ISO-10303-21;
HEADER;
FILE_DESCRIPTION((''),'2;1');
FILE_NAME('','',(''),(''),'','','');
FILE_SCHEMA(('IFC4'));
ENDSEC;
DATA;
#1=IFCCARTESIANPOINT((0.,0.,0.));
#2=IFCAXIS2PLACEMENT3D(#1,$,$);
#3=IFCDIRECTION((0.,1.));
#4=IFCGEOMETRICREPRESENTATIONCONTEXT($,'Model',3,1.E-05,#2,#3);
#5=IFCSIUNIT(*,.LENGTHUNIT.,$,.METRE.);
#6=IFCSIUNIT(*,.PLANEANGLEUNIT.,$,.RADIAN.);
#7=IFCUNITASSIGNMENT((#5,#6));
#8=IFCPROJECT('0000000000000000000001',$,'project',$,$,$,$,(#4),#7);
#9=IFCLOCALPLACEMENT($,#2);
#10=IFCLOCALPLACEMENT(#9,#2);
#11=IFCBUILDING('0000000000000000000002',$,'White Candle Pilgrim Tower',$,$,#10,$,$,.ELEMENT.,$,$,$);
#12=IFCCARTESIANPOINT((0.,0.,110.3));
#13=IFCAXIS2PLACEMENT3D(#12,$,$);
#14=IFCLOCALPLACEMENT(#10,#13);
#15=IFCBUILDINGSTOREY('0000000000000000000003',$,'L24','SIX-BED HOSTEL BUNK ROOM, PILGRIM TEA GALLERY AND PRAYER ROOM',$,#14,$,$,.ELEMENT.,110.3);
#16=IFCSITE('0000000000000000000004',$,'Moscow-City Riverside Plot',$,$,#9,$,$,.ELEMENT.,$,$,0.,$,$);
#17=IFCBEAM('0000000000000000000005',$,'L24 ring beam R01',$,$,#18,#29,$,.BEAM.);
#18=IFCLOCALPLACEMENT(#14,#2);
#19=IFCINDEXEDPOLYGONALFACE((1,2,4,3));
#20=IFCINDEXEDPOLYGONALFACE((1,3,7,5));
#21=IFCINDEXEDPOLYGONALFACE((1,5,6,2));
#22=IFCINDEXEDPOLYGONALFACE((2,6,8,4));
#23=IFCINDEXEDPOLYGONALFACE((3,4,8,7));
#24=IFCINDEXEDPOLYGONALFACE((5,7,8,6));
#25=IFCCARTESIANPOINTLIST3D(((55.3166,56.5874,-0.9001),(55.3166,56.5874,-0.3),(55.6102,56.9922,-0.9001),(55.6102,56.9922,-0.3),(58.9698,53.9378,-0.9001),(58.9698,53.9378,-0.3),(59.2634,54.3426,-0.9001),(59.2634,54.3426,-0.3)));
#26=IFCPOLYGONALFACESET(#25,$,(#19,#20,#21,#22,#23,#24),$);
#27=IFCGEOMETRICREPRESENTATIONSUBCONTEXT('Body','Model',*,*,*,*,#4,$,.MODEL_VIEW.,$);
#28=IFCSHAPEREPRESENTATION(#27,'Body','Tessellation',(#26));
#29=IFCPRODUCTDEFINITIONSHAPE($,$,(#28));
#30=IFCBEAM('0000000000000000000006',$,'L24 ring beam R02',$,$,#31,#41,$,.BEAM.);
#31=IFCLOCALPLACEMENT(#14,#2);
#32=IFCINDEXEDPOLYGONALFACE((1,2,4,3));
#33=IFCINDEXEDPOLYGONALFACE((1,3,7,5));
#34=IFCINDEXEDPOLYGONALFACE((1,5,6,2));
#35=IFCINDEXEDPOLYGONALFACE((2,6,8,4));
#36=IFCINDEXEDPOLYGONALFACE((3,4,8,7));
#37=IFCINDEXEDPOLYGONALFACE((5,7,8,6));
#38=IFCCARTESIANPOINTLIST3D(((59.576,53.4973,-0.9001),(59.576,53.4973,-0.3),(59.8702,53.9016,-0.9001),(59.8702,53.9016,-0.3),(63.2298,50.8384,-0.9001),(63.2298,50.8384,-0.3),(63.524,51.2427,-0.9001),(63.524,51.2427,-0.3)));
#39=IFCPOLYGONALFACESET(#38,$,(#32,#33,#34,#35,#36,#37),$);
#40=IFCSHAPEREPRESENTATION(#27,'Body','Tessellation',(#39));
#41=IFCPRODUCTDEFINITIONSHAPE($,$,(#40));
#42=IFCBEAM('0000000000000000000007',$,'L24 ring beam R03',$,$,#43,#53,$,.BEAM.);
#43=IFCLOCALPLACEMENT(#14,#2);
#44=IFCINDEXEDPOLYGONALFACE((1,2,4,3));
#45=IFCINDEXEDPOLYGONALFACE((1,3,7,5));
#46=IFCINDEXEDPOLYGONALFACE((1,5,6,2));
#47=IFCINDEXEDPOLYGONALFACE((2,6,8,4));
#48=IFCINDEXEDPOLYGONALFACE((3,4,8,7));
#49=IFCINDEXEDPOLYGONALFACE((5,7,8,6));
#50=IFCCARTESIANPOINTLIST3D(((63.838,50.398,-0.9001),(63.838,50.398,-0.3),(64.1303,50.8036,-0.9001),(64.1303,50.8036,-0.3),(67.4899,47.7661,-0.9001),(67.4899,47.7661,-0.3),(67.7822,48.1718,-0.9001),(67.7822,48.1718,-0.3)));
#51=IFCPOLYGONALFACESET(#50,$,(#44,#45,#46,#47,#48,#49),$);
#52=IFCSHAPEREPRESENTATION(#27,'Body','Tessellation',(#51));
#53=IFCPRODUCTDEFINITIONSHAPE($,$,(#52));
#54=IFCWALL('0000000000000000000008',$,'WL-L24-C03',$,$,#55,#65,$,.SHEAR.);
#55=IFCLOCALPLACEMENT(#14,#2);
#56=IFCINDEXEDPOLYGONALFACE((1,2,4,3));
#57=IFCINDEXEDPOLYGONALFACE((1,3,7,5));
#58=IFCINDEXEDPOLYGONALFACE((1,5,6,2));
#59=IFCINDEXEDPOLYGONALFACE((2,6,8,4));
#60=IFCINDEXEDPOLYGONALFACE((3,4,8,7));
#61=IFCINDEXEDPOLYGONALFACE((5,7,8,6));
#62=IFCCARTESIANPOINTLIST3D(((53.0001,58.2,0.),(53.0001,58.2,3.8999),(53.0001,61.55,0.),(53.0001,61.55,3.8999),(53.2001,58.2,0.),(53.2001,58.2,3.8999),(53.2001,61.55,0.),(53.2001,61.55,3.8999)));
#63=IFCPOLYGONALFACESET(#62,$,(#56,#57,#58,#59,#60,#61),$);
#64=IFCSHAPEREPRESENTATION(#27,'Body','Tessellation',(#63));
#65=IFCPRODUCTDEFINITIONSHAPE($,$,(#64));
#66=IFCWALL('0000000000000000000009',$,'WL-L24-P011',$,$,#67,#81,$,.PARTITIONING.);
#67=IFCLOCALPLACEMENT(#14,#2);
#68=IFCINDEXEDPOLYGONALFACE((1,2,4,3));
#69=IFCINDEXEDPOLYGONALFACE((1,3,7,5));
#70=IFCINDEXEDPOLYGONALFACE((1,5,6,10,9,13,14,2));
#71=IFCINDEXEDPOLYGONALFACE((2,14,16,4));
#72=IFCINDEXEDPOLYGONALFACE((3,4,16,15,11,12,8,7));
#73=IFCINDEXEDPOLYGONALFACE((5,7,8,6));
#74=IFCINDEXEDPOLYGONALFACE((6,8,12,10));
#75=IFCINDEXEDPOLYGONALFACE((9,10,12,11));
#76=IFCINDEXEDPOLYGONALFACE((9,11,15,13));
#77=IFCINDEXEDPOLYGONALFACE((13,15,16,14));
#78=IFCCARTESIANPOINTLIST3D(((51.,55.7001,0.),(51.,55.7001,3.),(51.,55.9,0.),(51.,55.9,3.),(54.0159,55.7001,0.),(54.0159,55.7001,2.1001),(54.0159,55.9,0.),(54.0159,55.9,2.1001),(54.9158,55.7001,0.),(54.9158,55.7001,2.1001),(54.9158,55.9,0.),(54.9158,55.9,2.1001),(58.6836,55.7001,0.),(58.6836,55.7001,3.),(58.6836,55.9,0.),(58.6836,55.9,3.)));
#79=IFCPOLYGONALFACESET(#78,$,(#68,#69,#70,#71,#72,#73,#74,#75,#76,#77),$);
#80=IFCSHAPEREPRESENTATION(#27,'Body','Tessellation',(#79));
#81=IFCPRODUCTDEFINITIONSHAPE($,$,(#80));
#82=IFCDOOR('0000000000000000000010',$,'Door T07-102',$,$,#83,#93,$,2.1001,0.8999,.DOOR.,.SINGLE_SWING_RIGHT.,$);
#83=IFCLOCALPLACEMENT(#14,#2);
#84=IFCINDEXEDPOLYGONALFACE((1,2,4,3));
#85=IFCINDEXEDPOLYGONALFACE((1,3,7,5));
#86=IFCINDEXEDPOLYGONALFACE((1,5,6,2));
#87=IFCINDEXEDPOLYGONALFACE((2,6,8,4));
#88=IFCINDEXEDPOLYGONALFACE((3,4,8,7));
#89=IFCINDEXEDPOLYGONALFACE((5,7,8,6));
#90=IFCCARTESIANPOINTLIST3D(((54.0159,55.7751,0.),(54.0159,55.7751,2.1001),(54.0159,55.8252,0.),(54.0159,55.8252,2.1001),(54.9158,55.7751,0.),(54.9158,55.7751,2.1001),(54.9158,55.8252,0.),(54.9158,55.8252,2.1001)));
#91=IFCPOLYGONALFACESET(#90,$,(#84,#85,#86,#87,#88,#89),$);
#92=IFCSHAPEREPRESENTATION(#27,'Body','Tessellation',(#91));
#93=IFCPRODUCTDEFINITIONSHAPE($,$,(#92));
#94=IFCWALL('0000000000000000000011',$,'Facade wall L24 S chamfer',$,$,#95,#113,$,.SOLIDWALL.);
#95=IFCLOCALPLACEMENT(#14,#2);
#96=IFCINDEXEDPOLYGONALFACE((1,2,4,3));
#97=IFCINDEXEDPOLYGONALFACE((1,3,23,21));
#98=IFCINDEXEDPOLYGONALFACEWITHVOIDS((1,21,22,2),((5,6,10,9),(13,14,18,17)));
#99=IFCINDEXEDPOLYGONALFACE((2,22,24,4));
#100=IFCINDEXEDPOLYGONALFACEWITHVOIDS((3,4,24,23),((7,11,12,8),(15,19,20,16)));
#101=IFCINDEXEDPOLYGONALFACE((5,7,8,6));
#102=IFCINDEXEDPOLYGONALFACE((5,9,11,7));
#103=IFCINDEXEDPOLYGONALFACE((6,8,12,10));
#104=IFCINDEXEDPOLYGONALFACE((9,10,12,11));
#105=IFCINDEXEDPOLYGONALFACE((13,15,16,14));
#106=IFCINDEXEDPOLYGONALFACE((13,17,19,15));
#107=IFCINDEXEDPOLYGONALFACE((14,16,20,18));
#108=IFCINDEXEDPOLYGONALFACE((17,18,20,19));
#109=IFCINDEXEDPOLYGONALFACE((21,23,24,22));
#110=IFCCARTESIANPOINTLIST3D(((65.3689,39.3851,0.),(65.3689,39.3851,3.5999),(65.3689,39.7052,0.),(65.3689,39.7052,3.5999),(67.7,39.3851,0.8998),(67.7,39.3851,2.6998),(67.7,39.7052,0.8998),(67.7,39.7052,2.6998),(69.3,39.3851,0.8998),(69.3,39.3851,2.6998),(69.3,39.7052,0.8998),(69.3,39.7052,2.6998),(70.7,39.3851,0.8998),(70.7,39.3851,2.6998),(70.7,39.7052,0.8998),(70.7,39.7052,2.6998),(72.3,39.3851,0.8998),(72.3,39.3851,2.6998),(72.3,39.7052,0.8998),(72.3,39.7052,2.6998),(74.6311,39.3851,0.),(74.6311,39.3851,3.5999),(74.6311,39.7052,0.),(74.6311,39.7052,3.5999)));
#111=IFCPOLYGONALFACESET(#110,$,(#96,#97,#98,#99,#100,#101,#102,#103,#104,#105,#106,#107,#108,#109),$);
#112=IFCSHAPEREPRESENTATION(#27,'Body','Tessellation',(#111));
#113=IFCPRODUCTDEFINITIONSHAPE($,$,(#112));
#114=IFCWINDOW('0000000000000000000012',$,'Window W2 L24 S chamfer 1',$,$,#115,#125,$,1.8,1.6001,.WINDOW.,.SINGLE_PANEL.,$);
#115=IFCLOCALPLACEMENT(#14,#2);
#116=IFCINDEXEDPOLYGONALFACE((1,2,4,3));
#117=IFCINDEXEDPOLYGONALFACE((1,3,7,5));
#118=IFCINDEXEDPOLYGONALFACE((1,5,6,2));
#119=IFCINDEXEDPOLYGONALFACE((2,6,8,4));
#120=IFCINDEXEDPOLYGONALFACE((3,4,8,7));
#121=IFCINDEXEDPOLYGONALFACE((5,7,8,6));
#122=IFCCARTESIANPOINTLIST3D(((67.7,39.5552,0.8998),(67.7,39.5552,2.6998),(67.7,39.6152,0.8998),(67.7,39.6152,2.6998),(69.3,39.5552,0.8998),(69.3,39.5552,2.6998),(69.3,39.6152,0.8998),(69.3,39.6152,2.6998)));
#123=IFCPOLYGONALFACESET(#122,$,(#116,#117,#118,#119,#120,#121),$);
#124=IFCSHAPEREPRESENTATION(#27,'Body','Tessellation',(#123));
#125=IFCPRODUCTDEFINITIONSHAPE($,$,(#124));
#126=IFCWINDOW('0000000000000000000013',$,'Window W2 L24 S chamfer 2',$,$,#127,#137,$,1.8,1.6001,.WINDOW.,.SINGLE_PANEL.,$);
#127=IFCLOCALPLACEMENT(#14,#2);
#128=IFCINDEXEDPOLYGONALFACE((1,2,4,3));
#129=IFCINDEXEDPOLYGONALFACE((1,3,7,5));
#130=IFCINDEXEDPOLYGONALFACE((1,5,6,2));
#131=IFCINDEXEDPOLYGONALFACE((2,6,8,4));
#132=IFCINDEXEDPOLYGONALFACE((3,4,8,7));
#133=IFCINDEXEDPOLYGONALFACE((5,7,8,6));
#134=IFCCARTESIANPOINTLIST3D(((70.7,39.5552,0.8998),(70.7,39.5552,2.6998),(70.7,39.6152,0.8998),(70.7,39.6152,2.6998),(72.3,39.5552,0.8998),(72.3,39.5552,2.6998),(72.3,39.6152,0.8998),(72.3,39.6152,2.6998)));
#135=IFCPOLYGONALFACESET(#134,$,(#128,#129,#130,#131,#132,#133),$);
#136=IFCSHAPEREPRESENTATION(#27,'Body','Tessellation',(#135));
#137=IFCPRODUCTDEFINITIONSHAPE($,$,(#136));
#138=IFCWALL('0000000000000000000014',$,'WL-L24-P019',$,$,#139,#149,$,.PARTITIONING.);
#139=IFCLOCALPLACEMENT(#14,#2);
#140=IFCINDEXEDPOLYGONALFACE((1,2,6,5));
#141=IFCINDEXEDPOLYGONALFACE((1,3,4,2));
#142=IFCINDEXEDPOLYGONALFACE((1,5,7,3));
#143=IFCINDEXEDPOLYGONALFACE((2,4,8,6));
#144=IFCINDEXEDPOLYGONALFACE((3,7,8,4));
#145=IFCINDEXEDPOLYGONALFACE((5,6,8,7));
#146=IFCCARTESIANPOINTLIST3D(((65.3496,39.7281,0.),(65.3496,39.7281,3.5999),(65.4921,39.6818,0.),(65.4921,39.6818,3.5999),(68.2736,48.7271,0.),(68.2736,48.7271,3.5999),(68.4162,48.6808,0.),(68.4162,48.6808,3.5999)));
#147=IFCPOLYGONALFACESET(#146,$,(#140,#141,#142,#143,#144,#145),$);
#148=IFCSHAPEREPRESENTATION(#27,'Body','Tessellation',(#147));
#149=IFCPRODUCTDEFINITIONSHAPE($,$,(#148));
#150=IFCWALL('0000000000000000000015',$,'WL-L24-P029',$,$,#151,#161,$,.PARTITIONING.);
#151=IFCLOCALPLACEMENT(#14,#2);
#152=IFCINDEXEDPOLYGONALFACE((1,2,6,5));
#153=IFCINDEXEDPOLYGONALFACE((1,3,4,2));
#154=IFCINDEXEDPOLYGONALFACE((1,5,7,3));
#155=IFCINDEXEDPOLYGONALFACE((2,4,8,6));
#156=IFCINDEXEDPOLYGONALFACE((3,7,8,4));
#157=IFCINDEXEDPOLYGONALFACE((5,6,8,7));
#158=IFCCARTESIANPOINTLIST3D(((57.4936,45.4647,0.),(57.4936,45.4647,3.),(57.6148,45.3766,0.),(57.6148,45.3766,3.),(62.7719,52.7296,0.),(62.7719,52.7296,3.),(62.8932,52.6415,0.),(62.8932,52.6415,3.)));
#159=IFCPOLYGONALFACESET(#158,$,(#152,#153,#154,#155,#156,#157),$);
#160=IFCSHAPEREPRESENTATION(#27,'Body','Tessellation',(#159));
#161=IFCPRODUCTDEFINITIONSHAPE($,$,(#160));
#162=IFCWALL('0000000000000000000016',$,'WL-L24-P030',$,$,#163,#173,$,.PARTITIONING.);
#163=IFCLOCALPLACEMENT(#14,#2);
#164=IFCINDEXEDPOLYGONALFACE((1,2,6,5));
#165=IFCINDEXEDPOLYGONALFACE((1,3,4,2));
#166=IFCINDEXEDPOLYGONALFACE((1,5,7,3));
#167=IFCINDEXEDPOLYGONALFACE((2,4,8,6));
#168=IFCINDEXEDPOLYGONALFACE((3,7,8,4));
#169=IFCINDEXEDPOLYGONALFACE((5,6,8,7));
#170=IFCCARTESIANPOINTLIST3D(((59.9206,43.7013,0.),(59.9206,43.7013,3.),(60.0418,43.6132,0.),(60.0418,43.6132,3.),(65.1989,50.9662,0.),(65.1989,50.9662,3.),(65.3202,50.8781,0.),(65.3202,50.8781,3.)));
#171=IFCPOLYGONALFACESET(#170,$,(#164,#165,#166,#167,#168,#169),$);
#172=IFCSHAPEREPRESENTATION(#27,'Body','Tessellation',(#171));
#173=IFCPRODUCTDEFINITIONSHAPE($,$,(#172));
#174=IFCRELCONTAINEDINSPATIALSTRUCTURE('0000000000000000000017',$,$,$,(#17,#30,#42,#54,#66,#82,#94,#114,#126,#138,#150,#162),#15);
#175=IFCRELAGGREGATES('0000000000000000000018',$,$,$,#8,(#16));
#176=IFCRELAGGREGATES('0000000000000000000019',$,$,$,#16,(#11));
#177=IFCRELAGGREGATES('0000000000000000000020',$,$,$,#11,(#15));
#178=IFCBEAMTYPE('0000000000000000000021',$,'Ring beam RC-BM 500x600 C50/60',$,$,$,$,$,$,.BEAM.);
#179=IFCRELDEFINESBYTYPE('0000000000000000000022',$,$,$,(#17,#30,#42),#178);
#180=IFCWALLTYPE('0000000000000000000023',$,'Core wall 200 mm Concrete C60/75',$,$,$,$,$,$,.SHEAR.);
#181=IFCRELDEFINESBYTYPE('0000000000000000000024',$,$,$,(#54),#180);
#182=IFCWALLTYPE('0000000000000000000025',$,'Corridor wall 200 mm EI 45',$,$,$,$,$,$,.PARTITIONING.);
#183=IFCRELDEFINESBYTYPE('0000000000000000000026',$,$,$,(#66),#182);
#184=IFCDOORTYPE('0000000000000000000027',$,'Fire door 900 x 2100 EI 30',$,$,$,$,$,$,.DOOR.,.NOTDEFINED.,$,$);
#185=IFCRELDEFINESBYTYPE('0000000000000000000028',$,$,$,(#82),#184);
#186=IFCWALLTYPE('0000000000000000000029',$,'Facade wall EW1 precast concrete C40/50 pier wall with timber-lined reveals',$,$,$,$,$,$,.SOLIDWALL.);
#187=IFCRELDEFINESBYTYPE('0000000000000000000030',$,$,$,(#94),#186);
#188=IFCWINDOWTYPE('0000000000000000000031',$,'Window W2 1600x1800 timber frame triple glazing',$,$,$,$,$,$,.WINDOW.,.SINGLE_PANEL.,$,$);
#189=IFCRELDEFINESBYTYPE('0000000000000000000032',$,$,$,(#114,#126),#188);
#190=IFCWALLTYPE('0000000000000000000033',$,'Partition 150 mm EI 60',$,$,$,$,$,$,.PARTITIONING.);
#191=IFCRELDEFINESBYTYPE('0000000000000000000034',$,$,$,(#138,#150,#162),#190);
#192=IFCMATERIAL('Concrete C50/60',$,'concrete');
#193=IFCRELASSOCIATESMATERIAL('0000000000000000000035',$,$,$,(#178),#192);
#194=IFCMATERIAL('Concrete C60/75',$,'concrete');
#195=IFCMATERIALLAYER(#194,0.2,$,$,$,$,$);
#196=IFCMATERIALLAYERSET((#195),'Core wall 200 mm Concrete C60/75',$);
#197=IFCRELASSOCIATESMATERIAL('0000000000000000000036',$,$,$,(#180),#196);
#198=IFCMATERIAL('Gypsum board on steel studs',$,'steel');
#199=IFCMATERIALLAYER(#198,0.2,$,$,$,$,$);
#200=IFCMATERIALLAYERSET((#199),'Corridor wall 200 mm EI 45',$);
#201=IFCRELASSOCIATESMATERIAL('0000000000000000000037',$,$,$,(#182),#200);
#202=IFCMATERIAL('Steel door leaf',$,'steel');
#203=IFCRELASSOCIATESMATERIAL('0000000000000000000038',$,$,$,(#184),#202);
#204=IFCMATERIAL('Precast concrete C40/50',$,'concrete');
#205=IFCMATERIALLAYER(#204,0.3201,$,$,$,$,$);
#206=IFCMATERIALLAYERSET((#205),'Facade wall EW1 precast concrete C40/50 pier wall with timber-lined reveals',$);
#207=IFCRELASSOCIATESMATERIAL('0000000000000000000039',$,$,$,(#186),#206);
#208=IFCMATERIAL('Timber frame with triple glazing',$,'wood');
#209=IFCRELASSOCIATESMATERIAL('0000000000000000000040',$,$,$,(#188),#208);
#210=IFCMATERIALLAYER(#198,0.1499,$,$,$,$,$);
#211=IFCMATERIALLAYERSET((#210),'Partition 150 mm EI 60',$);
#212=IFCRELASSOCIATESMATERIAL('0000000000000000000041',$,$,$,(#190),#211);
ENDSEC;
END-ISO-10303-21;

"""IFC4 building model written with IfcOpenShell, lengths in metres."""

from ifc_helpers import new_model, si_unit, direction, frame, frame_2d, origin, origin_2d, place, context, subcontext, project, spatial, rectangle, extrude, material, layer, layer_set, material_profile, profile_set, type_object, element, fill, save


model = new_model("IFC4")

# Units and contexts
model_context = context("Model", 3, precision=1e-05, world=origin(), true_north=direction((0.0, 1.0)))
body_context = subcontext(model_context, "Body", "Model", "MODEL_VIEW")
ifc_project = project(units=[si_unit("LENGTHUNIT", "METRE"), si_unit("PLANEANGLEUNIT", "RADIAN")], contexts=[model_context])

# Site, building, storey
site_placement = place(None, origin())
site = spatial("IfcSite", under=ifc_project, at=site_placement, Name="Moscow-City Riverside Plot", CompositionType="ELEMENT", RefElevation=0.0)
building_placement = place(site_placement, origin())
building = spatial("IfcBuilding", under=site, at=building_placement, Name="White Candle Pilgrim Tower", CompositionType="ELEMENT")
storey_placement = place(building_placement, frame((0.0, 0.0, 110.3)))
storey = spatial("IfcBuildingStorey", under=building, at=storey_placement, Name="L24", Description="SIX-BED HOSTEL BUNK ROOM, PILGRIM TEA GALLERY AND PRAYER ROOM", CompositionType="ELEMENT", Elevation=110.3)

# Beams
ifc_material_1 = material(Name="Concrete C50/60", Category="concrete")
ifc_material_profile_1 = material_profile(ifc_material_1, rectangle(XDim=0.5, YDim=0.6001, at=origin_2d()), Name="RC-BM 500x600")
ifc_profile_set_1 = profile_set([ifc_material_profile_1], Name="Concrete C50/60")
beam_type = type_object("IfcBeamType", Name="Ring beam RC-BM 500x600 C50/60", PredefinedType="BEAM", material=ifc_profile_set_1)
beam_1_placement = place(storey_placement, frame((55.4634, 56.7898, -0.6001), z_axis=(0.809505, -0.587113, 0.0), x_axis=(0.587113, 0.809505, 0.0)))
element("IfcBeam", 1, at=beam_1_placement, inside=storey, type_object=beam_type, Name="L24 ring beam R01", PredefinedType="BEAM", context=body_context, shape_type="SweptSolid", body=[
    extrude(rectangle(XDim=0.5, YDim=0.6001, at=origin_2d()), origin(), (0.0, 0.0, 1.0), 4.5129),
])
beam_2_placement = place(storey_placement, frame((59.7231, 53.6995, -0.6001), z_axis=(0.808566, -0.588406, 0.0), x_axis=(0.588406, 0.808566, 0.0)))
element("IfcBeam", 2, at=beam_2_placement, inside=storey, type_object=beam_type, Name="L24 ring beam R02", PredefinedType="BEAM", context=body_context, shape_type="SweptSolid", body=[
    extrude(rectangle(XDim=0.5, YDim=0.6001, at=origin_2d()), origin(), (0.0, 0.0, 1.0), 4.5188),
])
beam_3_placement = place(storey_placement, frame((63.9841, 50.6008, -0.6001), z_axis=(0.811271, -0.58467, 0.0), x_axis=(0.58467, 0.811271, 0.0)))
element("IfcBeam", 3, at=beam_3_placement, inside=storey, type_object=beam_type, Name="L24 ring beam R03", PredefinedType="BEAM", context=body_context, shape_type="SweptSolid", body=[
    extrude(rectangle(XDim=0.5, YDim=0.6001, at=origin_2d()), origin(), (0.0, 0.0, 1.0), 4.5015),
])

# Wall
ifc_material_2 = material(Name="Concrete C60/75", Category="concrete")
ifc_layer_1 = layer(ifc_material_2, 0.2)
ifc_layer_set_1 = layer_set([ifc_layer_1], Name="Core wall 200 mm Concrete C60/75")
wall_type_1 = type_object("IfcWallType", Name="Core wall 200 mm Concrete C60/75", PredefinedType="SHEAR", material=ifc_layer_set_1)
wall_1_placement = place(storey_placement, frame((53.1001, 58.2, 0.0), z_axis=(0.0, 0.0, 1.0), x_axis=(0.0, 1.0, 0.0)))
element("IfcWall", 4, at=wall_1_placement, inside=storey, type_object=wall_type_1, Name="WL-L24-C03", PredefinedType="SHEAR", context=body_context, shape_type="SweptSolid", body=[
    extrude(rectangle(XDim=3.3501, YDim=0.2, at=frame_2d((1.675, 0.0))), origin(), (0.0, 0.0, 1.0), 3.8999),
])

# Wall, opening, door
ifc_material_3 = material(Name="Gypsum board on steel studs", Category="steel")
ifc_layer_2 = layer(ifc_material_3, 0.2)
ifc_layer_set_2 = layer_set([ifc_layer_2], Name="Corridor wall 200 mm EI 45")
wall_type_2 = type_object("IfcWallType", Name="Corridor wall 200 mm EI 45", PredefinedType="PARTITIONING", material=ifc_layer_set_2)
wall_2_placement = place(storey_placement, frame((58.6836, 55.8, 0.0), z_axis=(0.0, 0.0, 1.0), x_axis=(-1.0, 0.0, 0.0)))
wall_2 = element("IfcWall", 5, at=wall_2_placement, inside=storey, type_object=wall_type_2, Name="WL-L24-P011", PredefinedType="PARTITIONING", context=body_context, shape_type="SweptSolid", body=[
    extrude(rectangle(XDim=7.6836, YDim=0.2, at=frame_2d((3.8418, 0.0))), origin(), (0.0, 0.0, 1.0), 3.0),
])
opening_1_placement = place(wall_2_placement, frame((3.7678, 0.0, 0.0)))
opening_1 = element("IfcOpeningElement", 6, at=opening_1_placement, cuts=wall_2, PredefinedType="OPENING", context=body_context, shape_type="SweptSolid", body=[
    extrude(rectangle(XDim=0.8999, YDim=2.1001, at=frame_2d((0.45, 1.05))), frame((0.0, 0.1099, 0.0), z_axis=(0.0, -1.0, 0.0), x_axis=(1.0, 0.0, 0.0)), (0.0, 0.0, 1.0), 0.22),
])
ifc_material_4 = material(Name="Steel door leaf", Category="steel")
door_type_1 = type_object("IfcDoorType", Name="Fire door 900 x 2100 EI 30", OperationType="NOTDEFINED", PredefinedType="DOOR", material=ifc_material_4)
door_1_placement = place(opening_1_placement, origin())
door_1 = element("IfcDoor", 7, at=door_1_placement, inside=storey, type_object=door_type_1, Name="Door T07-102", OperationType="SINGLE_SWING_RIGHT", OverallHeight=2.1001, OverallWidth=0.8999, PredefinedType="DOOR", context=body_context, shape_type="SweptSolid", body=[
    extrude(rectangle(XDim=0.8999, YDim=2.1001, at=frame_2d((0.45, 1.05))), frame((0.0, 0.0249, 0.0), z_axis=(0.0, -1.0, 0.0), x_axis=(1.0, 0.0, 0.0)), (0.0, 0.0, 1.0), 0.05),
])
fill(opening_1, door_1)

# Wall, openings, windows
ifc_material_5 = material(Name="Precast concrete C40/50", Category="concrete")
ifc_layer_3 = layer(ifc_material_5, 0.3201)
ifc_layer_set_3 = layer_set([ifc_layer_3], Name="Facade wall EW1 precast concrete C40/50 pier wall with timber-lined reveals")
wall_type_3 = type_object("IfcWallType", Name="Facade wall EW1 precast concrete C40/50 pier wall with timber-lined reveals", PredefinedType="SOLIDWALL", material=ifc_layer_set_3)
wall_3_placement = place(storey_placement, frame((65.3689, 39.5452, 0.0), z_axis=(0.0, 0.0, 1.0), x_axis=(1.0, 0.0, 0.0)))
wall_3 = element("IfcWall", 8, at=wall_3_placement, inside=storey, type_object=wall_type_3, Name="Facade wall L24 S chamfer", PredefinedType="SOLIDWALL", context=body_context, shape_type="SweptSolid", body=[
    extrude(rectangle(XDim=9.2622, YDim=0.3201, at=frame_2d((4.6311, 0.0))), origin(), (0.0, 0.0, 1.0), 3.5999),
])
opening_2_placement = place(wall_3_placement, frame((2.3311, 0.0, 0.8999)))
opening_2 = element("IfcOpeningElement", 9, at=opening_2_placement, cuts=wall_3, PredefinedType="OPENING", context=body_context, shape_type="SweptSolid", body=[
    extrude(rectangle(XDim=1.6001, YDim=1.8, at=frame_2d((0.8, 0.8999))), frame((0.0, 0.1699, 0.0), z_axis=(0.0, -1.0, 0.0), x_axis=(1.0, 0.0, 0.0)), (0.0, 0.0, 1.0), 0.3401),
])
opening_3_placement = place(wall_3_placement, frame((5.3311, 0.0, 0.8999)))
opening_3 = element("IfcOpeningElement", 10, at=opening_3_placement, cuts=wall_3, PredefinedType="OPENING", context=body_context, shape_type="SweptSolid", body=[
    extrude(rectangle(XDim=1.6001, YDim=1.8, at=frame_2d((0.8, 0.8999))), frame((0.0, 0.1699, 0.0), z_axis=(0.0, -1.0, 0.0), x_axis=(1.0, 0.0, 0.0)), (0.0, 0.0, 1.0), 0.3401),
])
ifc_material_6 = material(Name="Timber frame with triple glazing", Category="wood")
window_type = type_object("IfcWindowType", Name="Window W2 1600x1800 timber frame triple glazing", PartitioningType="SINGLE_PANEL", PredefinedType="WINDOW", material=ifc_material_6)
window_1_placement = place(opening_2_placement, origin())
window_1 = element("IfcWindow", 11, at=window_1_placement, inside=storey, type_object=window_type, Name="Window W2 L24 S chamfer 1", OverallHeight=1.8, OverallWidth=1.6001, PartitioningType="SINGLE_PANEL", PredefinedType="WINDOW", context=body_context, shape_type="SweptSolid", body=[
    extrude(rectangle(XDim=1.6001, YDim=1.8, at=frame_2d((0.8, 0.8999))), frame((0.0, 0.0701, 0.0), z_axis=(0.0, -1.0, 0.0), x_axis=(1.0, 0.0, 0.0)), (0.0, 0.0, 1.0), 0.0601),
])
fill(opening_2, window_1)
window_2_placement = place(opening_3_placement, origin())
window_2 = element("IfcWindow", 12, at=window_2_placement, inside=storey, type_object=window_type, Name="Window W2 L24 S chamfer 2", OverallHeight=1.8, OverallWidth=1.6001, PartitioningType="SINGLE_PANEL", PredefinedType="WINDOW", context=body_context, shape_type="SweptSolid", body=[
    extrude(rectangle(XDim=1.6001, YDim=1.8, at=frame_2d((0.8, 0.8999))), frame((0.0, 0.0701, 0.0), z_axis=(0.0, -1.0, 0.0), x_axis=(1.0, 0.0, 0.0)), (0.0, 0.0, 1.0), 0.0601),
])
fill(opening_3, window_2)

# Walls
ifc_layer_4 = layer(ifc_material_3, 0.1499)
ifc_layer_set_4 = layer_set([ifc_layer_4], Name="Partition 150 mm EI 60")
wall_type_4 = type_object("IfcWallType", Name="Partition 150 mm EI 60", PredefinedType="PARTITIONING", material=ifc_layer_set_4)
wall_4_placement = place(storey_placement, frame((65.4209, 39.7051, 0.0), z_axis=(0.0, 0.0, 1.0), x_axis=(0.309028, 0.951053, 0.0)))
element("IfcWall", 13, at=wall_4_placement, inside=storey, type_object=wall_type_4, Name="WL-L24-P019", PredefinedType="PARTITIONING", context=body_context, shape_type="SweptSolid", body=[
    extrude(rectangle(XDim=9.4622, YDim=0.1499, at=frame_2d((4.731, 0.0))), origin(), (0.0, 0.0, 1.0), 3.5999),
])
for number, where, z_axis, x_axis, name in (
    (14, (57.5542, 45.4207, 0.0), (0.0, 0.0, 1.0), (0.58779, 0.809013, 0.0), "WL-L24-P029"),
    (15, (59.9812, 43.6572, 0.0), (0.0, 0.0, 1.0), (0.58779, 0.809013, 0.0), "WL-L24-P030"),
):
    element("IfcWall", number, at=place(storey_placement, frame(where, z_axis=z_axis, x_axis=x_axis)), inside=storey, type_object=wall_type_4, Name=name, PredefinedType="PARTITIONING", context=body_context, shape_type="SweptSolid", body=[
        extrude(rectangle(XDim=8.98, YDim=0.1499, at=frame_2d((4.49, 0.0))), origin(), (0.0, 0.0, 1.0), 3.0),
    ])

save(model, "model.ifc")
